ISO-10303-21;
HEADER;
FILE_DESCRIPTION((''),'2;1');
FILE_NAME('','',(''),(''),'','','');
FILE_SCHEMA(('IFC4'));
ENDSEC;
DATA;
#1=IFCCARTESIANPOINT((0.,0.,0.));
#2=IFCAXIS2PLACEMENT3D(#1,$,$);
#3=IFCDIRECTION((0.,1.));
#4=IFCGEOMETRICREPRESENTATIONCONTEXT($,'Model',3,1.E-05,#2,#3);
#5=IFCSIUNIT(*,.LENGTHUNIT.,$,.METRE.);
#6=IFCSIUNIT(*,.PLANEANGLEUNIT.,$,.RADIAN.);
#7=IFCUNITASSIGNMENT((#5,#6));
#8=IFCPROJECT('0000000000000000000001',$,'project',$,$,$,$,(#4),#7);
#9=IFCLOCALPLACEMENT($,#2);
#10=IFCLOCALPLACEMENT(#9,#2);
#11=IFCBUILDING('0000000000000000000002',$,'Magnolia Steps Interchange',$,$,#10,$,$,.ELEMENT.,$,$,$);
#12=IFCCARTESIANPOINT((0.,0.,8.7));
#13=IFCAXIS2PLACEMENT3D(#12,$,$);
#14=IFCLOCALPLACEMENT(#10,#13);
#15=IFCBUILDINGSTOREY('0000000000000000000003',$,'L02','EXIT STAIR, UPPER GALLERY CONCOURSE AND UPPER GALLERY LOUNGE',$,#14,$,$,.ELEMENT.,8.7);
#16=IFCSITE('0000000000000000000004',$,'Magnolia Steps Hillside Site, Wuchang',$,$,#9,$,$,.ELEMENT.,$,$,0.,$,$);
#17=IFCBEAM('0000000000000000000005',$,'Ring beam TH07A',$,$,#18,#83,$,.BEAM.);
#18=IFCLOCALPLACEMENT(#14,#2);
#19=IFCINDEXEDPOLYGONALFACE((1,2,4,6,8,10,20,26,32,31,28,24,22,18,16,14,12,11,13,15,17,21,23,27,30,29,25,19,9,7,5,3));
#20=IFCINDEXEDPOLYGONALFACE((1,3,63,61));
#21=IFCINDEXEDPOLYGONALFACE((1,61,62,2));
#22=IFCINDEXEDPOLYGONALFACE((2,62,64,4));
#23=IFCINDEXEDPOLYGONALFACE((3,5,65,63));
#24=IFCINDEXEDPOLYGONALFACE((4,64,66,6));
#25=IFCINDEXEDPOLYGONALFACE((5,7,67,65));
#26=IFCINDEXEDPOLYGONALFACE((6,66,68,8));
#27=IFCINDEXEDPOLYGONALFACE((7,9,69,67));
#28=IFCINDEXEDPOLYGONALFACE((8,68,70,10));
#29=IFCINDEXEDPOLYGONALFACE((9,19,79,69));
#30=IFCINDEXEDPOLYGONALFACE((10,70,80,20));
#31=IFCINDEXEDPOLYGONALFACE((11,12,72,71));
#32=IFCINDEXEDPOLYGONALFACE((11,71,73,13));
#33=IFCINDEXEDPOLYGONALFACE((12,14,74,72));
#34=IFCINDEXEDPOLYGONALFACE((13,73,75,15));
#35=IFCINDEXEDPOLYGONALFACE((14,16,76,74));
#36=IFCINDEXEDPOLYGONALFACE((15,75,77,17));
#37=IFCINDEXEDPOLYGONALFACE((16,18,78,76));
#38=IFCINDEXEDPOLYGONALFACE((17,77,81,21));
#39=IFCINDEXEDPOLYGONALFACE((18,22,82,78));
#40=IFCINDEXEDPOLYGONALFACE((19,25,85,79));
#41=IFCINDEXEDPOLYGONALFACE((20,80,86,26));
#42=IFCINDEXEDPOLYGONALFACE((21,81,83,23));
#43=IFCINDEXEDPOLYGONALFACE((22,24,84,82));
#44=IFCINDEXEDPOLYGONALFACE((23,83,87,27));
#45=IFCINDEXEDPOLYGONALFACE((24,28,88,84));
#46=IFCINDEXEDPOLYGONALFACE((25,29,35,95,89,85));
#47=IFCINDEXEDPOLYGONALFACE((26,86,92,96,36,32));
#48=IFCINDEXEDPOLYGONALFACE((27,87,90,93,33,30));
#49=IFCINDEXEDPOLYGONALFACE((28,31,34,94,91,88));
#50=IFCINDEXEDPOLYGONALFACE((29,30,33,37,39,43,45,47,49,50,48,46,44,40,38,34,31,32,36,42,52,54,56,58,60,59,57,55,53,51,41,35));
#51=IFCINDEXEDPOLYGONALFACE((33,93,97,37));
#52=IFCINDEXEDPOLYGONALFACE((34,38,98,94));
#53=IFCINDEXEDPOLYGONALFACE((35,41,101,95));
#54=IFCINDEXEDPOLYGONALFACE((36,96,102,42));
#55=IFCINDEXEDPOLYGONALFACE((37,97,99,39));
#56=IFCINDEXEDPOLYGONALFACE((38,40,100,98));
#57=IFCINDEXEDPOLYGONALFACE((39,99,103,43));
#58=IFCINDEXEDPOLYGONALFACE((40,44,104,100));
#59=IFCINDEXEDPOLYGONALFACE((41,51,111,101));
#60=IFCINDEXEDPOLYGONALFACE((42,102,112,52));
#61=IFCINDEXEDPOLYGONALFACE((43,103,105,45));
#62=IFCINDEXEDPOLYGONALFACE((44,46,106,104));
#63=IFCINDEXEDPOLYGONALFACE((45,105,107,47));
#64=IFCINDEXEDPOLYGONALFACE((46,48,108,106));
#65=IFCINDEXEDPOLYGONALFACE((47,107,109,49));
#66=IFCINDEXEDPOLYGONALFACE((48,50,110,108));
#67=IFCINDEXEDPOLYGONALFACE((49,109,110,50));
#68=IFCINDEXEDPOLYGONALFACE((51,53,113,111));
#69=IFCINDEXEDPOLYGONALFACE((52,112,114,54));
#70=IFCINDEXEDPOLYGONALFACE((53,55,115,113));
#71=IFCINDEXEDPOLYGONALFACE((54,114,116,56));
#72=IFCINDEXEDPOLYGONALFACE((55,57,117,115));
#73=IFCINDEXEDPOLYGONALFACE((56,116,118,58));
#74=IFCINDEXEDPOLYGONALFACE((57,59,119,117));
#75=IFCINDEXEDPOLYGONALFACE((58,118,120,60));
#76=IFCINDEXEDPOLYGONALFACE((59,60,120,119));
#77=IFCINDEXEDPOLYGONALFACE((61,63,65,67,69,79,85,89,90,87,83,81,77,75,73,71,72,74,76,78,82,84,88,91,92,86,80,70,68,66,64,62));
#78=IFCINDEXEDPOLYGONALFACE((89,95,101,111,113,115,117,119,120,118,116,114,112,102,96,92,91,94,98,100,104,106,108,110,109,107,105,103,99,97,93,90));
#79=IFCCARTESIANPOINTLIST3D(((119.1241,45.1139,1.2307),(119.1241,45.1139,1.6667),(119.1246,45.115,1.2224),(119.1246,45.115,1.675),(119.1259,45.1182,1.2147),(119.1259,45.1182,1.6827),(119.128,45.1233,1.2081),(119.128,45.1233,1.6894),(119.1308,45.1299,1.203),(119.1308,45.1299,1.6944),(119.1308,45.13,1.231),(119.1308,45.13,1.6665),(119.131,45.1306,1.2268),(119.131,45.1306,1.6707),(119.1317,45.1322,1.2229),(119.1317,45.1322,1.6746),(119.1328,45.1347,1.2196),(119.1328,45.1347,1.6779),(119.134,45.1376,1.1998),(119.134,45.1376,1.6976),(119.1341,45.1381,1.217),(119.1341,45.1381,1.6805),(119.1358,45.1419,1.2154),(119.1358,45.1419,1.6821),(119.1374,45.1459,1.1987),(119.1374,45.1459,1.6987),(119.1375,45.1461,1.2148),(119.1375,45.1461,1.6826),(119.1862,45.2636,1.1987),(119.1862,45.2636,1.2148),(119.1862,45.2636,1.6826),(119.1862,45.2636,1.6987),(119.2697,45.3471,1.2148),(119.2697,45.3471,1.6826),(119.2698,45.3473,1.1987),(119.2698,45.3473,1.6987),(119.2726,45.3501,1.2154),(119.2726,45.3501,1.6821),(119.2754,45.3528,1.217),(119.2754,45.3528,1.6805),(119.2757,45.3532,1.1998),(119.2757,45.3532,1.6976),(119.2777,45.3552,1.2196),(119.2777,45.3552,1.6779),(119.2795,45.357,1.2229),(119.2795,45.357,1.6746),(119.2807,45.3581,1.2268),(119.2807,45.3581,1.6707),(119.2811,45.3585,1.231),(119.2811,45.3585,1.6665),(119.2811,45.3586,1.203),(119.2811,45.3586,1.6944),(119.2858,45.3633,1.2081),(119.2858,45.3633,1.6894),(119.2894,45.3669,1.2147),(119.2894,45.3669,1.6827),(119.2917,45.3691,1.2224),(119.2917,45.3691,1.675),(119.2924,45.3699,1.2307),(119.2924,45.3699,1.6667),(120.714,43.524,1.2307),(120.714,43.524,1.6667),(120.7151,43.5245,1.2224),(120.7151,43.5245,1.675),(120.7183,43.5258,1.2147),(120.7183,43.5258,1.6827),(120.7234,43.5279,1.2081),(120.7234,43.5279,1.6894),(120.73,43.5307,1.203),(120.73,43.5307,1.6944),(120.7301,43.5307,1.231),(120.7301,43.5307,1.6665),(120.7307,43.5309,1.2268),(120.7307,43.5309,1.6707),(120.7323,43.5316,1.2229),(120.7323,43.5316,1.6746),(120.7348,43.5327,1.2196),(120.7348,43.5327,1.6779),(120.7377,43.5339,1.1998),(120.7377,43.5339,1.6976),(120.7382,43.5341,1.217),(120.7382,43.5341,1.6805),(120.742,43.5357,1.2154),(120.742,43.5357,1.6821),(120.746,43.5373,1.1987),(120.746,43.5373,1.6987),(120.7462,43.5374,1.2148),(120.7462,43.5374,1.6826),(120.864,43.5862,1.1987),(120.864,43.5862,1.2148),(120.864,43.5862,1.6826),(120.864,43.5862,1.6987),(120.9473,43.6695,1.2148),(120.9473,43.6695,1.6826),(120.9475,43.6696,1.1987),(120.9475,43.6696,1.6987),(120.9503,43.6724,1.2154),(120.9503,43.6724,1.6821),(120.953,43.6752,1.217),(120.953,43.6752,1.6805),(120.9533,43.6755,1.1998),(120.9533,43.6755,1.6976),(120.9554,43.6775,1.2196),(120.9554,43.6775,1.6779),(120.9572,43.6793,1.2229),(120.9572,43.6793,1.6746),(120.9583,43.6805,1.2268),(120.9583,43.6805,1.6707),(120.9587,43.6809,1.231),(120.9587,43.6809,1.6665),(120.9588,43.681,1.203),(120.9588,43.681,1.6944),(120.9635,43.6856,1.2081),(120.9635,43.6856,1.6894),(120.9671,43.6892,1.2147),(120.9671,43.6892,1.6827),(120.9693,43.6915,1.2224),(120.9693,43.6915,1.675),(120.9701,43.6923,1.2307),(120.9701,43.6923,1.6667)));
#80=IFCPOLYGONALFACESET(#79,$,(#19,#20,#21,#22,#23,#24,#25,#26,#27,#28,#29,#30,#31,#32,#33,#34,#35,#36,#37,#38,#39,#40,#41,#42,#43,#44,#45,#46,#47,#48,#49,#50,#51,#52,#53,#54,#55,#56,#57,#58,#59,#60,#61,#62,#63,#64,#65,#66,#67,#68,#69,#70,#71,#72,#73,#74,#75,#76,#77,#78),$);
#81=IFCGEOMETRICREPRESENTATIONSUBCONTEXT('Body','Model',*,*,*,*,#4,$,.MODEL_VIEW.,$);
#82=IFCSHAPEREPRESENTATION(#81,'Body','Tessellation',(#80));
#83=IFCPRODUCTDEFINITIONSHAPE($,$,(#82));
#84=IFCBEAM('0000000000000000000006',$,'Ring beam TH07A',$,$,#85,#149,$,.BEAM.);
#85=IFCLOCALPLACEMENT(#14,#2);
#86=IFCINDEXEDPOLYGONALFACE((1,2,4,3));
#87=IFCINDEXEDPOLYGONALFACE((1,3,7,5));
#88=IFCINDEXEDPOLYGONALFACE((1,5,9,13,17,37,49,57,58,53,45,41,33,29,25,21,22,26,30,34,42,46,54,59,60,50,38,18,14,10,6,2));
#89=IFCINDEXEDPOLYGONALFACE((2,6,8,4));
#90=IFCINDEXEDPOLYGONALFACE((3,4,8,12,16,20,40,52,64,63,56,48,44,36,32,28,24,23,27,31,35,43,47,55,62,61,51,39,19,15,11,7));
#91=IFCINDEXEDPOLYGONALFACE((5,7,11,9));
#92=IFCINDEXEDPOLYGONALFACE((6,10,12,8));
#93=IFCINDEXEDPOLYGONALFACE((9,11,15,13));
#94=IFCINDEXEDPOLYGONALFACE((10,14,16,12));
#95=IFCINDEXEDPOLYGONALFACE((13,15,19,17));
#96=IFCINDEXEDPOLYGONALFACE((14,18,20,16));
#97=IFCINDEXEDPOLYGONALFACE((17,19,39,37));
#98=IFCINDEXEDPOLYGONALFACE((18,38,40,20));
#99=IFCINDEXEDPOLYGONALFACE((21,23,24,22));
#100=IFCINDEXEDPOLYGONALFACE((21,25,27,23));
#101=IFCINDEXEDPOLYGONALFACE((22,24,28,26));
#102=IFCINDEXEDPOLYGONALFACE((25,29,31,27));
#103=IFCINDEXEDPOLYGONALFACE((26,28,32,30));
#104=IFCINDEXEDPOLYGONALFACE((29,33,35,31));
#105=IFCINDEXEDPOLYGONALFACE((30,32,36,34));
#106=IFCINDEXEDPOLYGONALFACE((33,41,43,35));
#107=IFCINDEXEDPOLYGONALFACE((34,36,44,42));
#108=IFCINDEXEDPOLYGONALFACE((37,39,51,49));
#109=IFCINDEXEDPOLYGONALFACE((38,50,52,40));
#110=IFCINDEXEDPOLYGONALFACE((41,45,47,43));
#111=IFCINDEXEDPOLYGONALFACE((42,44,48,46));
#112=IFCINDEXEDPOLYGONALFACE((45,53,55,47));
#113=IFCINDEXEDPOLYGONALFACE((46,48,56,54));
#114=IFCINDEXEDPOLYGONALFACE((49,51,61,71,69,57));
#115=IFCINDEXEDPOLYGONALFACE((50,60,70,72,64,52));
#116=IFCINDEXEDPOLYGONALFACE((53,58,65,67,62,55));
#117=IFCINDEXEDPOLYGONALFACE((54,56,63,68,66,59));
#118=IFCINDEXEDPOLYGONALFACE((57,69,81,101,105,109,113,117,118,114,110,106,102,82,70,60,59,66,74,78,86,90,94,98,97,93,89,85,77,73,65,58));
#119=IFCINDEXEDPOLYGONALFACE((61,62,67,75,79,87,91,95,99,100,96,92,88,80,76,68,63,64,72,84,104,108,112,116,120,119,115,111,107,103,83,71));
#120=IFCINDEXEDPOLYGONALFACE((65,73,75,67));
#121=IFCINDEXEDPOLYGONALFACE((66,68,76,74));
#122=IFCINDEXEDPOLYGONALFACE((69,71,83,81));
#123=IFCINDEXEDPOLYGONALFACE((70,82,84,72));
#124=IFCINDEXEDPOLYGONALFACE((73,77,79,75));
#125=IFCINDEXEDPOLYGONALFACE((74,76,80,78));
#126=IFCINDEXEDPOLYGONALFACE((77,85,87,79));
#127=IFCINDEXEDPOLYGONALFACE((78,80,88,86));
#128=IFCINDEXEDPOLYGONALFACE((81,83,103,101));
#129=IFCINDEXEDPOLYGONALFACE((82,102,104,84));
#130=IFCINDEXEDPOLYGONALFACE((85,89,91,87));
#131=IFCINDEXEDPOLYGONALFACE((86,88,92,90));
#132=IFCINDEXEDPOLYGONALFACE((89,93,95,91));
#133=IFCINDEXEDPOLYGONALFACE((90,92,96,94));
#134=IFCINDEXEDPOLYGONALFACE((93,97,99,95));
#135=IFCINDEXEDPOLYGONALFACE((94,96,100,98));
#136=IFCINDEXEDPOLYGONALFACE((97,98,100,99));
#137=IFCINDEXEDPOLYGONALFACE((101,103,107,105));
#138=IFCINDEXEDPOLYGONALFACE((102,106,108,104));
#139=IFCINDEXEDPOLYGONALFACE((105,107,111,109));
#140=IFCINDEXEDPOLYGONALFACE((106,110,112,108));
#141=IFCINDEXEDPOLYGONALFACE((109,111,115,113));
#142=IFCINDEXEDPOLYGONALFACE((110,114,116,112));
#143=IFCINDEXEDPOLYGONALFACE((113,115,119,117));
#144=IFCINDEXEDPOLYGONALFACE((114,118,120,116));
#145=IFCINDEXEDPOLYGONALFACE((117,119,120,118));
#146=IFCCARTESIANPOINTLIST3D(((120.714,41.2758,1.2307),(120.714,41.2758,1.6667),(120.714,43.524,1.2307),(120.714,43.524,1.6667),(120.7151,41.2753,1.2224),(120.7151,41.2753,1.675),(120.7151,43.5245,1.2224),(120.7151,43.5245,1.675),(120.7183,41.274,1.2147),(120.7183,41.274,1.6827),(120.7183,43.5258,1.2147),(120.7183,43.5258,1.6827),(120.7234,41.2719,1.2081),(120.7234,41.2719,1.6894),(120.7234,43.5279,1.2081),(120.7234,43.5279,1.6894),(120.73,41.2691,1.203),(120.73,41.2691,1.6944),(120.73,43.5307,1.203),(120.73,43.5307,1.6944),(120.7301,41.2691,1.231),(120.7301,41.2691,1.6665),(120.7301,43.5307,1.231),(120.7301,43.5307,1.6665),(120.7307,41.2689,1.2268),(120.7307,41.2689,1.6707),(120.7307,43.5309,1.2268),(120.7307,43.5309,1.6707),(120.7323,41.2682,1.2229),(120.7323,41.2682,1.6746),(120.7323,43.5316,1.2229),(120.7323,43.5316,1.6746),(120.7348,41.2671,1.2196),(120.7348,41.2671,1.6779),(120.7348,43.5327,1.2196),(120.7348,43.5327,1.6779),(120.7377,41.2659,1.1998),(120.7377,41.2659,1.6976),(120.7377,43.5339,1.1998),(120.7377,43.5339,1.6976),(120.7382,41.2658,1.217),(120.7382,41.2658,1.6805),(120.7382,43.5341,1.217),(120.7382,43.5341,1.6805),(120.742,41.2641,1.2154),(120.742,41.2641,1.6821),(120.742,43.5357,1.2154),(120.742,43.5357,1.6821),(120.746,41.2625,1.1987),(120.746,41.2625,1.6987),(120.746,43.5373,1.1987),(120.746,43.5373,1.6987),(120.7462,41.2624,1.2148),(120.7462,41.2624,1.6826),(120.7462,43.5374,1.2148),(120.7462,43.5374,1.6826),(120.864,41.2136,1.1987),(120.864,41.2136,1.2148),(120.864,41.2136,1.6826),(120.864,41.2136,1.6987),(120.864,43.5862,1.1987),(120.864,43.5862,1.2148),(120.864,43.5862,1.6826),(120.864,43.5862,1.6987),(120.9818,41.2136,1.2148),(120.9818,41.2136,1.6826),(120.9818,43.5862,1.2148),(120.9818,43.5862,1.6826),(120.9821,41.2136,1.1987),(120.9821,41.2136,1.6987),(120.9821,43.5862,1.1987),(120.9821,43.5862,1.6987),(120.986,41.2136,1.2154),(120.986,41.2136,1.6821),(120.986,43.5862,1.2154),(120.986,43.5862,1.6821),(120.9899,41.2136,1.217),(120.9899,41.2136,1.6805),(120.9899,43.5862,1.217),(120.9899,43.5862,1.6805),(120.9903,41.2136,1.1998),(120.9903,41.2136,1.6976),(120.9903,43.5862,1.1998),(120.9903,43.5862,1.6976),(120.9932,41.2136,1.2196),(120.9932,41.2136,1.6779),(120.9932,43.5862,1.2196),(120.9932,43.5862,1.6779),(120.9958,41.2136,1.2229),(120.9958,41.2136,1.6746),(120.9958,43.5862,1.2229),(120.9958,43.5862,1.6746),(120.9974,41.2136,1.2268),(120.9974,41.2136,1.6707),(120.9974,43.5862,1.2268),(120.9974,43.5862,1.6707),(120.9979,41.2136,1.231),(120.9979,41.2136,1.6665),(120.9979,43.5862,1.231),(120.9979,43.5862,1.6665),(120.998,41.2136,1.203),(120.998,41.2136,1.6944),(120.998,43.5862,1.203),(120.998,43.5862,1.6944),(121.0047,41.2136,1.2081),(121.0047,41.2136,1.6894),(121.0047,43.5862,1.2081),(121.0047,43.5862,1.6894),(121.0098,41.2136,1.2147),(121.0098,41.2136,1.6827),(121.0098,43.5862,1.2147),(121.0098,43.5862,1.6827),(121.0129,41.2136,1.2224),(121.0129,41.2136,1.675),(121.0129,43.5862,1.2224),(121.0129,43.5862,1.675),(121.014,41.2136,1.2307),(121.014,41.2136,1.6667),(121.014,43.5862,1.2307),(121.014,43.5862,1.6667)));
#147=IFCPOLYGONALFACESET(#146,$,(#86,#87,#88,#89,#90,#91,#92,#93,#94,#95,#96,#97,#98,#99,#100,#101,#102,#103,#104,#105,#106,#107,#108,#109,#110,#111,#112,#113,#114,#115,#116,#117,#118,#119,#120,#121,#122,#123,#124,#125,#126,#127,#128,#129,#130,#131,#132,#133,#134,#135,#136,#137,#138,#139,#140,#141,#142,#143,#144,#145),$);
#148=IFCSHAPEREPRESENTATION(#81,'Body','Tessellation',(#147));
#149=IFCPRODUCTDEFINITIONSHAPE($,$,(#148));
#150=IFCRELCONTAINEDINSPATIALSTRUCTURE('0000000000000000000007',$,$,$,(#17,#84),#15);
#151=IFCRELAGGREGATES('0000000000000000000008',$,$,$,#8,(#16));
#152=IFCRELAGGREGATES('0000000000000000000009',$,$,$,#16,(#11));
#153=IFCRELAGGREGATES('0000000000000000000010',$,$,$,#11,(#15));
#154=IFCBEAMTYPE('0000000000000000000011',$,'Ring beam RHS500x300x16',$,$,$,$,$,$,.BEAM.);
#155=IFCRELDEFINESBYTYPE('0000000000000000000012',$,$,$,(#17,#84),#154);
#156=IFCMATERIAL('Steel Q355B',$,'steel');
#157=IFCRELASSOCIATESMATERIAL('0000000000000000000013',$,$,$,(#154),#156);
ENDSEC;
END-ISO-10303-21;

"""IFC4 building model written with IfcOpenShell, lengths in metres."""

from ifc_helpers import new_model, si_unit, direction, frame, origin, origin_2d, place, context, subcontext, project, spatial, hollow_rectangle, extrude, clip, halfspace, material, material_profile, profile_set, type_object, element, save


model = new_model("IFC4")

# Units and contexts
model_context = context("Model", 3, precision=1e-05, world=origin(), true_north=direction((0.0, 1.0)))
body_context = subcontext(model_context, "Body", "Model", "MODEL_VIEW")
ifc_project = project(units=[si_unit("LENGTHUNIT", "METRE"), si_unit("PLANEANGLEUNIT", "RADIAN")], contexts=[model_context])

# Site, building, storey
site_placement = place(None, origin())
site = spatial("IfcSite", under=ifc_project, at=site_placement, Name="Magnolia Steps Hillside Site, Wuchang", CompositionType="ELEMENT", RefElevation=0.0)
building_placement = place(site_placement, origin())
building = spatial("IfcBuilding", under=site, at=building_placement, Name="Magnolia Steps Interchange", CompositionType="ELEMENT")
storey_placement = place(building_placement, frame((0.0, 0.0, 8.7)))
storey = spatial("IfcBuildingStorey", under=building, at=storey_placement, Name="L02", Description="EXIT STAIR, UPPER GALLERY CONCOURSE AND UPPER GALLERY LOUNGE", CompositionType="ELEMENT", Elevation=8.7)

# Beams
ifc_material_1 = material(Name="Steel Q355B", Category="steel")
ifc_material_profile_1 = material_profile(ifc_material_1, hollow_rectangle(XDim=0.3, YDim=0.5, WallThickness=0.0161, InnerFilletRadius=0.0161, OuterFilletRadius=0.032, at=origin_2d()), Name="RHS500x300x16")
ifc_profile_set_1 = profile_set([ifc_material_profile_1], Name="Steel Q355B")
beam_type = type_object("IfcBeamType", Name="Ring beam RHS500x300x16", PredefinedType="BEAM", material=ifc_profile_set_1)
beam_1_placement = place(storey_placement, frame((120.864, 43.5862, 1.4487), z_axis=(-0.707107, 0.707107, 0.0), x_axis=(-0.707107, -0.707107, 0.0)))
element("IfcBeam", 1, at=beam_1_placement, inside=storey, type_object=beam_type, Name="Ring beam TH07A", PredefinedType="BEAM", context=body_context, shape_type="Clipping", body=[
    clip(clip(extrude(hollow_rectangle(XDim=0.3, YDim=0.5, WallThickness=0.0161, InnerFilletRadius=0.0161, OuterFilletRadius=0.032, at=origin_2d()), origin(), (0.0, 0.0, 1.0), 2.3726), halfspace(frame((0.0, 0.0, 0.0), z_axis=(0.382683, 0.0, -0.92388), x_axis=(0.92388, 0.0, 0.382683)), False)), halfspace(frame((0.0, 0.0, 2.3727), z_axis=(0.382683, 0.0, 0.92388), x_axis=(0.92388, 0.0, -0.382683)), False)),
])
beam_2_placement = place(storey_placement, frame((120.864, 41.2136, 1.4487), z_axis=(0.0, 1.0, 0.0), x_axis=(-1.0, 0.0, 0.0)))
element("IfcBeam", 2, at=beam_2_placement, inside=storey, type_object=beam_type, Name="Ring beam TH07A", PredefinedType="BEAM", context=body_context, shape_type="Clipping", body=[
    clip(clip(extrude(hollow_rectangle(XDim=0.3, YDim=0.5, WallThickness=0.0161, InnerFilletRadius=0.0161, OuterFilletRadius=0.032, at=origin_2d()), origin(), (0.0, 0.0, 1.0), 2.3726), halfspace(frame((0.0, 0.0, 0.0), z_axis=(0.382683, 0.0, -0.92388), x_axis=(0.92388, 0.0, 0.382683)), False)), halfspace(frame((0.0, 0.0, 2.3726), z_axis=(0.382683, 0.0, 0.92388), x_axis=(0.92388, 0.0, -0.382683)), False)),
])

save(model, "model.ifc")
